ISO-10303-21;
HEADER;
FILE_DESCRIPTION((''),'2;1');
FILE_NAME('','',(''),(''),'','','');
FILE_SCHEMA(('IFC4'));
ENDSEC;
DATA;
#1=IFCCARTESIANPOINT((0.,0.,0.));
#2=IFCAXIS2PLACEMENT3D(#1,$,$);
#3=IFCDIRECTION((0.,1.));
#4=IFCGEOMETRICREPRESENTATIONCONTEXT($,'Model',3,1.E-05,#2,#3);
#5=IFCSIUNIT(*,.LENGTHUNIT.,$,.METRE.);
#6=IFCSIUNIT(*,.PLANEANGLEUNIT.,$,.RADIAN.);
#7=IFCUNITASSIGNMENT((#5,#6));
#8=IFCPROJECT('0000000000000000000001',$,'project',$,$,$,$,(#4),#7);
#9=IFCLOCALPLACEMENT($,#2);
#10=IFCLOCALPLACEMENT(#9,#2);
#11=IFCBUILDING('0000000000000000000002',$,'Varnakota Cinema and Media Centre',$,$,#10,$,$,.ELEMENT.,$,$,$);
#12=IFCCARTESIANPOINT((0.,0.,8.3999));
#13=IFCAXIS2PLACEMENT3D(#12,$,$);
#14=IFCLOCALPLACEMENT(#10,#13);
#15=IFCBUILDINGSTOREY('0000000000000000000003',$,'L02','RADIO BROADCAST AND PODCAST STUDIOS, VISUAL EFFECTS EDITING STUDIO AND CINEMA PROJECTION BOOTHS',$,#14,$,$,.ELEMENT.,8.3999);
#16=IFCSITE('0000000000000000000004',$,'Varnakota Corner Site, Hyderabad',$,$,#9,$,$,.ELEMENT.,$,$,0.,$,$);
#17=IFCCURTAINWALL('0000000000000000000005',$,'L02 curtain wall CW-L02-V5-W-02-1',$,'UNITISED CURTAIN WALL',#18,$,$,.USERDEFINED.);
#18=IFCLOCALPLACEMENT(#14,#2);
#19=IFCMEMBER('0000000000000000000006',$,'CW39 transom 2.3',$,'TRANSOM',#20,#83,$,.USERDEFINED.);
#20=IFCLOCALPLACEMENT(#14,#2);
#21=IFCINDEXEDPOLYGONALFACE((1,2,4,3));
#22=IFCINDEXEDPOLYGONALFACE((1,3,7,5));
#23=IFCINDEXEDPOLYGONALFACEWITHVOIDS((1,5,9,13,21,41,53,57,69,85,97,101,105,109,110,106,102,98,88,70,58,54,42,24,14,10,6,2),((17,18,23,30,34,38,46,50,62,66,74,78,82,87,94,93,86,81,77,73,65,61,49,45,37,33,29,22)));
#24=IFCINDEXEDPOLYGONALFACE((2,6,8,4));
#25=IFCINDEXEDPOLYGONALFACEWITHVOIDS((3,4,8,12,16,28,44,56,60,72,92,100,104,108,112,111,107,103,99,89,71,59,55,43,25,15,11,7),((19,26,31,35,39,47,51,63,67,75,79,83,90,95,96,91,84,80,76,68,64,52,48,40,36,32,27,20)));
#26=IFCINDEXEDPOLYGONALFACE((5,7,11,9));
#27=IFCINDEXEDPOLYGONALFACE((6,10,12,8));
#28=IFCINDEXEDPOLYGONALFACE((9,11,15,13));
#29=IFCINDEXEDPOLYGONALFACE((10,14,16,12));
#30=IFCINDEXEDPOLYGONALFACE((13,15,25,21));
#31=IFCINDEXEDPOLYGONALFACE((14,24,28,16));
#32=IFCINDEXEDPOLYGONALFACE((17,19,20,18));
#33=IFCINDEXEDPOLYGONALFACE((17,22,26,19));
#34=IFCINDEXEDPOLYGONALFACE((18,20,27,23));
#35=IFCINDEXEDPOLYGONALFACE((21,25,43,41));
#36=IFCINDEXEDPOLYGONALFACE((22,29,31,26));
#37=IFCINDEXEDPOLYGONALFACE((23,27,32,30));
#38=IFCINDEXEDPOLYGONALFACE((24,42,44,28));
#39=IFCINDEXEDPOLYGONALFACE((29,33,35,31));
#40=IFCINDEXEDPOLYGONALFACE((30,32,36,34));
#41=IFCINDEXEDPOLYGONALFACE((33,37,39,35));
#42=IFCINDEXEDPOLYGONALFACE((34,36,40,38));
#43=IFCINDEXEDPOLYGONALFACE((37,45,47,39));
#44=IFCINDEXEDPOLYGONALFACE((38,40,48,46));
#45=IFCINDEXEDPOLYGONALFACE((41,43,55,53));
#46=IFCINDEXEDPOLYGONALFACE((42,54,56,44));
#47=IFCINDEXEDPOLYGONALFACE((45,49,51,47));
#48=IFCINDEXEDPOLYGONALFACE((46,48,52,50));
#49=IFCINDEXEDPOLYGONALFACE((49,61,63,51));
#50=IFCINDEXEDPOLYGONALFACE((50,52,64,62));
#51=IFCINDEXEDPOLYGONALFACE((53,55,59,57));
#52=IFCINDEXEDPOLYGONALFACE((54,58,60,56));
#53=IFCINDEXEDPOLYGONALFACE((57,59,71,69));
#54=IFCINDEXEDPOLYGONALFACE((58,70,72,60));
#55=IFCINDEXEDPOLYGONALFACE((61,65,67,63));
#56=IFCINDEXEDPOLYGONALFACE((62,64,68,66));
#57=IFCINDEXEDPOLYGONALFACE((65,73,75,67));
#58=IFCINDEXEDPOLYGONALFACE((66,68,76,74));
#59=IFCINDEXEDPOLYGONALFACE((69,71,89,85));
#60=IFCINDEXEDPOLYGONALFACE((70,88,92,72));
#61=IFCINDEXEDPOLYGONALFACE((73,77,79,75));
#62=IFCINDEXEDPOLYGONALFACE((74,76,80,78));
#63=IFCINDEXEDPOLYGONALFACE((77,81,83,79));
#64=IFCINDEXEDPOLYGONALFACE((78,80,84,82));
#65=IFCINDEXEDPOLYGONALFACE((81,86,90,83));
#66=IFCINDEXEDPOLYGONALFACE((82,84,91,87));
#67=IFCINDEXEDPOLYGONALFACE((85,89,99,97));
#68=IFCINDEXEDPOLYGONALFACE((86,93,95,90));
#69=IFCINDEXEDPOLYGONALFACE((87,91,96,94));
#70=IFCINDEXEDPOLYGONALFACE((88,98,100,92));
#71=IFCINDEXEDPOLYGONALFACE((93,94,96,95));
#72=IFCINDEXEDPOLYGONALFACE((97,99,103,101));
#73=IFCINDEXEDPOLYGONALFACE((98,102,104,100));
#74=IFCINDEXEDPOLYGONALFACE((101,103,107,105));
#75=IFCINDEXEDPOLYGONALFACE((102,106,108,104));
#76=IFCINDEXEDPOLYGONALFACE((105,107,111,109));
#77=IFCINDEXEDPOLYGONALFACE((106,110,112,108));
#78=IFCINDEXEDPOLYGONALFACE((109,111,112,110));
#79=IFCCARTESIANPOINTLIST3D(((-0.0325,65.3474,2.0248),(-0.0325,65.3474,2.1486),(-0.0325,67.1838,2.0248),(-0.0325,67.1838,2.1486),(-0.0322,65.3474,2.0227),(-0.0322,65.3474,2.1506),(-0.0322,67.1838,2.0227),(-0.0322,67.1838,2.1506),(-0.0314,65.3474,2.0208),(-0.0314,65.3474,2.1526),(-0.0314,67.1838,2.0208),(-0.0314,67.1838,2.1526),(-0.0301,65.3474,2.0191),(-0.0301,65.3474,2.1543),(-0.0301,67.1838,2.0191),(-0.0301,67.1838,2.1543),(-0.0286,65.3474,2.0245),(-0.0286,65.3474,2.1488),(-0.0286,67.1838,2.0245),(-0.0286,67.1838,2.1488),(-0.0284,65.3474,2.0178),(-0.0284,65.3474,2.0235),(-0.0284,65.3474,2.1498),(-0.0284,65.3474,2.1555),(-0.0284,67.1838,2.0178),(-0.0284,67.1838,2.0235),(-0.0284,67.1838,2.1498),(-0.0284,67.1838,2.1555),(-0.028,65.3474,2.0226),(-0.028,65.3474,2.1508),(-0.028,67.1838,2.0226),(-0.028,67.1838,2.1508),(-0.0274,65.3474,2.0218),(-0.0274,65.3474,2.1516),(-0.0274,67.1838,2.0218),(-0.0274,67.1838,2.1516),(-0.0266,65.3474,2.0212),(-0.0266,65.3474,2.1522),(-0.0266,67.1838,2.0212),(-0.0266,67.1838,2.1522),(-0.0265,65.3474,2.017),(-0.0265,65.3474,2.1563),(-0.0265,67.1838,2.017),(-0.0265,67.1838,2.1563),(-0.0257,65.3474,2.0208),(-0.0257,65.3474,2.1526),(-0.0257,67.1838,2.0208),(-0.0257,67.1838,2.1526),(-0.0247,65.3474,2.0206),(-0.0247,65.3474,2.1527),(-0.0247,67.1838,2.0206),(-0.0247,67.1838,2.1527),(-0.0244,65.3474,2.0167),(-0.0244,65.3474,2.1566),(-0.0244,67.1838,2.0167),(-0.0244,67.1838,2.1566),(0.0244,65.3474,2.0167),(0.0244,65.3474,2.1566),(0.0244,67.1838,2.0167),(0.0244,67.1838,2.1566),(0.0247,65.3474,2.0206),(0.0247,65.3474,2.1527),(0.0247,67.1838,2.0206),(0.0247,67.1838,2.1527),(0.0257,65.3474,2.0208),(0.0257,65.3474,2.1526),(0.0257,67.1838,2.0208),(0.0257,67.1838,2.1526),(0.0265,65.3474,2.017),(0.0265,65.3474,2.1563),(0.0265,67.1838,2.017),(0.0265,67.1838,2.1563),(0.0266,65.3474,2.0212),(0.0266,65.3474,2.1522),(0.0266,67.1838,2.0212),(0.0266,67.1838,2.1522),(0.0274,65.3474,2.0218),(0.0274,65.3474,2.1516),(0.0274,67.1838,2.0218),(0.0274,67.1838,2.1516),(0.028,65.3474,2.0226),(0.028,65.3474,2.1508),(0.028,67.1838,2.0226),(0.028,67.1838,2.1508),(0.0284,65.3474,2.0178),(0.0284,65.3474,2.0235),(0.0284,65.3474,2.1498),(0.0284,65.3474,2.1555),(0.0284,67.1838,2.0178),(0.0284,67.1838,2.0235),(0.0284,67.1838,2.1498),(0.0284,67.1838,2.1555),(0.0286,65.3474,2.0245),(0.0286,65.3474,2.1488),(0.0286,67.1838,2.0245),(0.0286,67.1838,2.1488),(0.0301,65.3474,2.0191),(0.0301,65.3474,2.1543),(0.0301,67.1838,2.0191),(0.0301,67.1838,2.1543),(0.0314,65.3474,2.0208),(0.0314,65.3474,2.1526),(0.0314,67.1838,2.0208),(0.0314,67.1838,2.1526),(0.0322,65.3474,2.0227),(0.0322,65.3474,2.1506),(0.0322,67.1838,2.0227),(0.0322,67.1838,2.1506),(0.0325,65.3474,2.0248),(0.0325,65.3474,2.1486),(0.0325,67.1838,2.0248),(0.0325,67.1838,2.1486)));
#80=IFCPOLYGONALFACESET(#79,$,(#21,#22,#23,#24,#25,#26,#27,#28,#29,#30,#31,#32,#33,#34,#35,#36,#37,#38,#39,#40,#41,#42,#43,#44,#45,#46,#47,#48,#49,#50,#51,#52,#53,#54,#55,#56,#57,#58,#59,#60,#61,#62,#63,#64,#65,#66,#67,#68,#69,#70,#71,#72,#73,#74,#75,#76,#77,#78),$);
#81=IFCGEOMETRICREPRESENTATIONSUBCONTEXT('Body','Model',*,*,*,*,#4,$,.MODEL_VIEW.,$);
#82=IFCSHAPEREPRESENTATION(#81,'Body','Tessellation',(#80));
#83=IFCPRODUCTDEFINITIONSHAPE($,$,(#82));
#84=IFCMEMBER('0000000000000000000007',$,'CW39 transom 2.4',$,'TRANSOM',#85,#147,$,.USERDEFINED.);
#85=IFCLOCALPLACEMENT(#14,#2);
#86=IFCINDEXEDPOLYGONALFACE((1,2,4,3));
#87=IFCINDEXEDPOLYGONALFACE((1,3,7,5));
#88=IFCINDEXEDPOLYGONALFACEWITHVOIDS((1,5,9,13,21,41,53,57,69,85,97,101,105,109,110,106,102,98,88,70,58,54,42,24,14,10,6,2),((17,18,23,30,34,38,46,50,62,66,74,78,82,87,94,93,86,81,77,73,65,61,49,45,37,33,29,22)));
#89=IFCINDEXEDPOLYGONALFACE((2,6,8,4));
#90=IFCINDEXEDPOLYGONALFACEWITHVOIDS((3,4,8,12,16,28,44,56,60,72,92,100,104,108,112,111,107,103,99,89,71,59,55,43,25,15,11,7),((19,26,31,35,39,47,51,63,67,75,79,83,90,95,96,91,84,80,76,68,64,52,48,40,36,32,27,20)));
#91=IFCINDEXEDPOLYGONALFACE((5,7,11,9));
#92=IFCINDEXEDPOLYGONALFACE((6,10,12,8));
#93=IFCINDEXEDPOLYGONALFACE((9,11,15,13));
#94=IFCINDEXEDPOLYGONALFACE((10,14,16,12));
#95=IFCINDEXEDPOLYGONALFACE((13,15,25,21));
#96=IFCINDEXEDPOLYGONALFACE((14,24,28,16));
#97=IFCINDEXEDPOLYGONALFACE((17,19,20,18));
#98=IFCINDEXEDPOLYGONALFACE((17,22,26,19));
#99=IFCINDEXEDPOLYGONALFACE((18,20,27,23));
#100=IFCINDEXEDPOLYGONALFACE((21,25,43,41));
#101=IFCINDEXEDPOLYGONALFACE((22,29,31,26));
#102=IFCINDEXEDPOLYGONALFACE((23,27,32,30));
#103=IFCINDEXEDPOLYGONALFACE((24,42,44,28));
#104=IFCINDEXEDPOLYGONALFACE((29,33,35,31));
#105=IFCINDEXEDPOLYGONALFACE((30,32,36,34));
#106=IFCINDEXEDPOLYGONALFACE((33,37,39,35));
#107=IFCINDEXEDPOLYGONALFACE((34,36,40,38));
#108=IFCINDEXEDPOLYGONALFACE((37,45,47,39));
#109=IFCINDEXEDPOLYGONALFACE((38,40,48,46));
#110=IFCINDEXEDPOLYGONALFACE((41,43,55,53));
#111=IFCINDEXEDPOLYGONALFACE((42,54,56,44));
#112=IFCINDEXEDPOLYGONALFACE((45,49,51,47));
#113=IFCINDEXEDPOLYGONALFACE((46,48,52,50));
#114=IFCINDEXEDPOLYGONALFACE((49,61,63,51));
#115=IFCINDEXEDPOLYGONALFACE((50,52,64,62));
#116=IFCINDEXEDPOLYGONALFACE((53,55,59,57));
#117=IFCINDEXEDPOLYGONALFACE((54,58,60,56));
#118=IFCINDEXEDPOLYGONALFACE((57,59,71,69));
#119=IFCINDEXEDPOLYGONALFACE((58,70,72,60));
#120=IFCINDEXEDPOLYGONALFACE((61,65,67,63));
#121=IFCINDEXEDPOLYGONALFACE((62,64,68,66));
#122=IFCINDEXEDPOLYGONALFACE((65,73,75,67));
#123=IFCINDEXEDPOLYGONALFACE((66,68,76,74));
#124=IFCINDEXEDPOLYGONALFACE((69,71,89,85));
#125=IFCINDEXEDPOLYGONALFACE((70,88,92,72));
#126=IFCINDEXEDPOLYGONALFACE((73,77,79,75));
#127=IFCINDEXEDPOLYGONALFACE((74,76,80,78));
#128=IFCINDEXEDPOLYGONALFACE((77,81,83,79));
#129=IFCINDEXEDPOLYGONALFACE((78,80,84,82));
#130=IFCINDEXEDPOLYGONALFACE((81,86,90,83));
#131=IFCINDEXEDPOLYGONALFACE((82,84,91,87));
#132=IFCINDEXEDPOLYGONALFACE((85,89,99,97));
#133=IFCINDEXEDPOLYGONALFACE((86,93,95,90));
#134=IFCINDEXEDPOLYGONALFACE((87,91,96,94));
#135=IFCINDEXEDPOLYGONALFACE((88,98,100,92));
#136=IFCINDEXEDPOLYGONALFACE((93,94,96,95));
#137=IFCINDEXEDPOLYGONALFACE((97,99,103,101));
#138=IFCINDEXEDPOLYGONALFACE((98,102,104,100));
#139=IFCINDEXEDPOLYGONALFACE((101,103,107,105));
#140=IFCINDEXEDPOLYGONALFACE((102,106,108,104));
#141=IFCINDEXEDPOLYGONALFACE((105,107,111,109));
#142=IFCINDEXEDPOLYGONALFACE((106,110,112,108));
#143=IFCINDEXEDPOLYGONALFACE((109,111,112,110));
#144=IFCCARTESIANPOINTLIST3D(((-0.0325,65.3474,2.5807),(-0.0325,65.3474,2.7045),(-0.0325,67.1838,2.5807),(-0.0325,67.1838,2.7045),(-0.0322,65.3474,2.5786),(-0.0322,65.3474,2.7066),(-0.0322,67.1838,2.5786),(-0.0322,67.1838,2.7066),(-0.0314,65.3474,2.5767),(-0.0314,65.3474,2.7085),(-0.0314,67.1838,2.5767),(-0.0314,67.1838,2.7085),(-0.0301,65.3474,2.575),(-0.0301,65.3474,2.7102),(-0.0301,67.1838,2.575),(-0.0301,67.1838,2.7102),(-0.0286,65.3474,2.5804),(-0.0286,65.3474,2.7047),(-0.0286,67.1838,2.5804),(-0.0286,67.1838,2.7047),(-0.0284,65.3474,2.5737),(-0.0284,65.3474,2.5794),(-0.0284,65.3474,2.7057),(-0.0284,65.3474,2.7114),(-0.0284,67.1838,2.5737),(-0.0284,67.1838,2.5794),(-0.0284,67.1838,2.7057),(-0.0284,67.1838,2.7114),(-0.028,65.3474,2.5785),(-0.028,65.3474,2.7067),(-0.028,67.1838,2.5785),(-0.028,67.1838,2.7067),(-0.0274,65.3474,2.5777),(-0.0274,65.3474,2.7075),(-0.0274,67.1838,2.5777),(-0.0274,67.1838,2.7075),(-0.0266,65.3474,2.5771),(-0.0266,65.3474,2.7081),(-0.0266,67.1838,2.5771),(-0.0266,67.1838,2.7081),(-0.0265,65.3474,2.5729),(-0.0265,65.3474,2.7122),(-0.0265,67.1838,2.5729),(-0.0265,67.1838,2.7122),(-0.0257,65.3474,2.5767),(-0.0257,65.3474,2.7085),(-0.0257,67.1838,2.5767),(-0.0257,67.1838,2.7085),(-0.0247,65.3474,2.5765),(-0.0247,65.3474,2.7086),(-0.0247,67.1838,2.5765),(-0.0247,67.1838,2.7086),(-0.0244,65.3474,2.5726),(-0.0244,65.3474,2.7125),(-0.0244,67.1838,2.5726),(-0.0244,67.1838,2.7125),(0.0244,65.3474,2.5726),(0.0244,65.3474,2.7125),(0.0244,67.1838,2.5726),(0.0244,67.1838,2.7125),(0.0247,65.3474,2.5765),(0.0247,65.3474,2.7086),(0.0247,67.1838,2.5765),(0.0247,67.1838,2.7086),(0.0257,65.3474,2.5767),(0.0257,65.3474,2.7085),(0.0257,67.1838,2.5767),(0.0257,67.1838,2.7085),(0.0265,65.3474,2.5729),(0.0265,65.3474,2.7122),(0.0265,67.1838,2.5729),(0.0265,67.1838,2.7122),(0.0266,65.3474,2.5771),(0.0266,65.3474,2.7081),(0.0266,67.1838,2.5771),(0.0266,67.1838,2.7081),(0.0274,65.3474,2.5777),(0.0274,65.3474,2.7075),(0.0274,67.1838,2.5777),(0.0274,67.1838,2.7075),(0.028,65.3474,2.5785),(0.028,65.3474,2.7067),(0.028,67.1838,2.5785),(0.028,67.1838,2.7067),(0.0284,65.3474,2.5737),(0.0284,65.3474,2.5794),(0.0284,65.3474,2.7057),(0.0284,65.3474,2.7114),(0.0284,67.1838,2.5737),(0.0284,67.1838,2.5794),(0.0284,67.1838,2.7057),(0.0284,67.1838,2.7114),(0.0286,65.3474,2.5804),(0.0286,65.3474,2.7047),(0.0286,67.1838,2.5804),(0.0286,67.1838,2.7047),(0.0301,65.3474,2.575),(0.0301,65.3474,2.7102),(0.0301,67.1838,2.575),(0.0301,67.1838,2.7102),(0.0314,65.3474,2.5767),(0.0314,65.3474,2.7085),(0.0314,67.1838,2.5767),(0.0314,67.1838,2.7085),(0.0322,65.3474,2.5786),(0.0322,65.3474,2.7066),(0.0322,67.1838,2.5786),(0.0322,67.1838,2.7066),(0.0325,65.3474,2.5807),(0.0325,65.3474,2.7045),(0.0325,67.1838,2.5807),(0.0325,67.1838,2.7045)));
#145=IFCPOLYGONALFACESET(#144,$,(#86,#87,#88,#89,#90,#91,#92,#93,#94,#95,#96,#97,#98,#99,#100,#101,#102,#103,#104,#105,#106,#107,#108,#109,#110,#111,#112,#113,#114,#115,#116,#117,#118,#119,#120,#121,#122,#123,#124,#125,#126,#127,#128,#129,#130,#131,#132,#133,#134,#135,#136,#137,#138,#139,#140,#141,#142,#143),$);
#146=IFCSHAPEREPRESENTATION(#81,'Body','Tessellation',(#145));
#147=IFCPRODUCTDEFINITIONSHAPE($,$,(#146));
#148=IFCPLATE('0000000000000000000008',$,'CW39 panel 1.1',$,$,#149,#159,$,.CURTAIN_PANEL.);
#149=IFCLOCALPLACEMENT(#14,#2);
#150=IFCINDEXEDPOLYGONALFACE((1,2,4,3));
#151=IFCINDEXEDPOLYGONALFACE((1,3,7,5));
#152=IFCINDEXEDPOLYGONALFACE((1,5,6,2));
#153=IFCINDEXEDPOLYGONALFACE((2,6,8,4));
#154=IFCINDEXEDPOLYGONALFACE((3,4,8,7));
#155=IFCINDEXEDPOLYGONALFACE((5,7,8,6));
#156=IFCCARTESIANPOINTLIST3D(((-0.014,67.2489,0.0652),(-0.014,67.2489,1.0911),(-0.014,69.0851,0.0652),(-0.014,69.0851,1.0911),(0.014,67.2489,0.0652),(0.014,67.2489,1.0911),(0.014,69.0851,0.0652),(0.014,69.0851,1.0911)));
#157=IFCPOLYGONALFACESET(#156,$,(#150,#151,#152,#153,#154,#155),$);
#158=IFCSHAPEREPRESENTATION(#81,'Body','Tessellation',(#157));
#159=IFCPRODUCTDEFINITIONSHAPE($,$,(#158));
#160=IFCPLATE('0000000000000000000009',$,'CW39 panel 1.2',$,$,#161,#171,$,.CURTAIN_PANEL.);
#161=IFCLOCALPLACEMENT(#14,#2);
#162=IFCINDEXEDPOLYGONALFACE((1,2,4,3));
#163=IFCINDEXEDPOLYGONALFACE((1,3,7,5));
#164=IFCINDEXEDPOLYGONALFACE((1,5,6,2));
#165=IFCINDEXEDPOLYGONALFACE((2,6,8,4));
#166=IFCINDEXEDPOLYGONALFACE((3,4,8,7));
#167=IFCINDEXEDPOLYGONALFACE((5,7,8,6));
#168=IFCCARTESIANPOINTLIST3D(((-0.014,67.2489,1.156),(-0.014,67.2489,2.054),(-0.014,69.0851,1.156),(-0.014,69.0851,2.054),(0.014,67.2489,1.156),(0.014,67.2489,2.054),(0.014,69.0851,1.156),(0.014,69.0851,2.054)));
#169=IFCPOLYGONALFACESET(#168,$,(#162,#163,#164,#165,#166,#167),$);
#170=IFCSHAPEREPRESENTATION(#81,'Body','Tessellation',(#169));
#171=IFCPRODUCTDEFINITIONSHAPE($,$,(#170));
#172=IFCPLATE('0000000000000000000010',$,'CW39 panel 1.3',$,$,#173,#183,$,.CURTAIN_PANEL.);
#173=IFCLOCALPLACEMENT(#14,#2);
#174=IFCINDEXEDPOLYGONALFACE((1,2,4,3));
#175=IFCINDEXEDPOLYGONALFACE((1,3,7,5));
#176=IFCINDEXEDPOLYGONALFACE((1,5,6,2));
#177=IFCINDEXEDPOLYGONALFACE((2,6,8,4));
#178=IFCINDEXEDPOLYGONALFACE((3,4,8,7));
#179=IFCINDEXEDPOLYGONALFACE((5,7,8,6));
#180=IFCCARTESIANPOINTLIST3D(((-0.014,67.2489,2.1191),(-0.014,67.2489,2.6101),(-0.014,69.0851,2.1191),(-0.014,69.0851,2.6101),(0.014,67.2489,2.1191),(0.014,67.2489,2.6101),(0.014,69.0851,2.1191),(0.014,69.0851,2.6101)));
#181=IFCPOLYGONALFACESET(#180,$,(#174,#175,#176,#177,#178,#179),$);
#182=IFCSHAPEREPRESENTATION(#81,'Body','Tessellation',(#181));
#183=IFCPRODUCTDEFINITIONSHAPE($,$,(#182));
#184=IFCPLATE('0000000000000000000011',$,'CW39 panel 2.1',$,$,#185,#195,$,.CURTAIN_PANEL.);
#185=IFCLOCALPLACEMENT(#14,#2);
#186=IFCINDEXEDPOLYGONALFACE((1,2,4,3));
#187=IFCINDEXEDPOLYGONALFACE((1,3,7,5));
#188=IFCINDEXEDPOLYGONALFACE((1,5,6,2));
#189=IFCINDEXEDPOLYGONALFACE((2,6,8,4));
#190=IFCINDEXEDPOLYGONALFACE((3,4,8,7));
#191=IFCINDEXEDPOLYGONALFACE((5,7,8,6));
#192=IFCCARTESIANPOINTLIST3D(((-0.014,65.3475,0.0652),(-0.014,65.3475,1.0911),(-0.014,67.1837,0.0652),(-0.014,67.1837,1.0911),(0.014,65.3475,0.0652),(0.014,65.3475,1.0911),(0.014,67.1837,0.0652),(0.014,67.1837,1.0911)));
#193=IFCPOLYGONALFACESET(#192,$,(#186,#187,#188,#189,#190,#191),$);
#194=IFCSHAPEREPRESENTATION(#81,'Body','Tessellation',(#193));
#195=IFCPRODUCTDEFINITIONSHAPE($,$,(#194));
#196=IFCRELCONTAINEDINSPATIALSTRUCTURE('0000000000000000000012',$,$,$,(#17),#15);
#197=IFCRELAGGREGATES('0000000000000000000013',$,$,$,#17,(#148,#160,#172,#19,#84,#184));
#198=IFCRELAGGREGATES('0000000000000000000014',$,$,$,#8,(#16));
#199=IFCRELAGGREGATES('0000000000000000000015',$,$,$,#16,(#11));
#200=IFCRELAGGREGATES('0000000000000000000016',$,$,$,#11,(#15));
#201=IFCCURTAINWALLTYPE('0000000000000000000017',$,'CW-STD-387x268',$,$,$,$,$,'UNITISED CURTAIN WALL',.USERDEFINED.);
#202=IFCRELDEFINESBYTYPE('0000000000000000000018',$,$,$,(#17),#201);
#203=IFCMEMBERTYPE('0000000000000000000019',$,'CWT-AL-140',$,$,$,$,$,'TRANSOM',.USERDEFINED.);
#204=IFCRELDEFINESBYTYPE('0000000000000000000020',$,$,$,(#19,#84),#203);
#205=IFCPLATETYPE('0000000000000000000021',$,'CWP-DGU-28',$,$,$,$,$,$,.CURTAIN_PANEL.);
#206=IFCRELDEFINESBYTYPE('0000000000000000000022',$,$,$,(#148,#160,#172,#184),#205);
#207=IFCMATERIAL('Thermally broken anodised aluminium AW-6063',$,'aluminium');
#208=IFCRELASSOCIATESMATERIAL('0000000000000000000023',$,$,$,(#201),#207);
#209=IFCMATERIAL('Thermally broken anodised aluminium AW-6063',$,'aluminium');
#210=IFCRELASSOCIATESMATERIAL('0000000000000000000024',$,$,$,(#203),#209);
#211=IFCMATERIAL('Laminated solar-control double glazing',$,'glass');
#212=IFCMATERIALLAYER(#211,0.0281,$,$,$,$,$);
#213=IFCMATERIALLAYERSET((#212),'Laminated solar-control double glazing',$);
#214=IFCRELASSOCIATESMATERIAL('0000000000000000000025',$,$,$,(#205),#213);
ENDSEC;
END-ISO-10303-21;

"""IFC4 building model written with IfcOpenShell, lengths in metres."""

from ifc_helpers import new_model, si_unit, direction, frame, origin, origin_2d, place, context, subcontext, project, spatial, rectangle, hollow_rectangle, extrude, material, layer, layer_set, material_profile, profile_set, type_object, element, aggregate, save


model = new_model("IFC4")

# Units and contexts
model_context = context("Model", 3, precision=1e-05, world=origin(), true_north=direction((0.0, 1.0)))
body_context = subcontext(model_context, "Body", "Model", "MODEL_VIEW")
ifc_project = project(units=[si_unit("LENGTHUNIT", "METRE"), si_unit("PLANEANGLEUNIT", "RADIAN")], contexts=[model_context])

# Site, building, storey
site_placement = place(None, origin())
site = spatial("IfcSite", under=ifc_project, at=site_placement, Name="Varnakota Corner Site, Hyderabad", CompositionType="ELEMENT", RefElevation=0.0)
building_placement = place(site_placement, origin())
building = spatial("IfcBuilding", under=site, at=building_placement, Name="Varnakota Cinema and Media Centre", CompositionType="ELEMENT")
storey_placement = place(building_placement, frame((0.0, 0.0, 8.3999)))
storey = spatial("IfcBuildingStorey", under=building, at=storey_placement, Name="L02", Description="RADIO BROADCAST AND PODCAST STUDIOS, VISUAL EFFECTS EDITING STUDIO AND CINEMA PROJECTION BOOTHS", CompositionType="ELEMENT", Elevation=8.3999)

# Curtain wall, members, plates
ifc_material_1 = material(Name="Thermally broken anodised aluminium AW-6063", Category="aluminium")
curtain_wall_type = type_object("IfcCurtainWallType", Name="CW-STD-387x268", ElementType="UNITISED CURTAIN WALL", PredefinedType="USERDEFINED", material=ifc_material_1)
curtain_wall_placement = place(storey_placement, origin())
curtain_wall = element("IfcCurtainWall", 1, at=curtain_wall_placement, inside=storey, type_object=curtain_wall_type, Name="L02 curtain wall CW-L02-V5-W-02-1", ObjectType="UNITISED CURTAIN WALL", PredefinedType="USERDEFINED")
ifc_material_2 = material(Name="Thermally broken anodised aluminium AW-6063", Category="aluminium")
ifc_material_profile_1 = material_profile(ifc_material_2, hollow_rectangle(XDim=0.0649, YDim=0.1399, WallThickness=0.0039, InnerFilletRadius=0.0039, OuterFilletRadius=0.0081, at=origin_2d()), Name="AL-TRANSOM 140x65x4")
ifc_profile_set_1 = profile_set([ifc_material_profile_1], Name="Thermally broken anodised aluminium AW-6063")
member_type_1 = type_object("IfcMemberType", Name="CWT-AL-140", ElementType="TRANSOM", PredefinedType="USERDEFINED", material=ifc_profile_set_1)
member_1_placement = place(storey_placement, frame((0.0, 67.1838, 2.0867), z_axis=(0.0, -1.0, 0.0), x_axis=(1.0, 0.0, 0.0)))
member_1 = element("IfcMember", 2, at=member_1_placement, type_object=member_type_1, Name="CW39 transom 2.3", ObjectType="TRANSOM", PredefinedType="USERDEFINED", context=body_context, shape_type="SweptSolid", body=[
    extrude(hollow_rectangle(XDim=0.0649, YDim=0.1399, WallThickness=0.0039, InnerFilletRadius=0.0039, OuterFilletRadius=0.0081, at=origin_2d()), origin(), (0.0, 0.0, 1.0), 1.8364),
])
member_2_placement = place(storey_placement, frame((0.0, 67.1838, 2.6426), z_axis=(0.0, -1.0, 0.0), x_axis=(1.0, 0.0, 0.0)))
member_2 = element("IfcMember", 3, at=member_2_placement, type_object=member_type_1, Name="CW39 transom 2.4", ObjectType="TRANSOM", PredefinedType="USERDEFINED", context=body_context, shape_type="SweptSolid", body=[
    extrude(hollow_rectangle(XDim=0.0649, YDim=0.1399, WallThickness=0.0039, InnerFilletRadius=0.0039, OuterFilletRadius=0.0081, at=origin_2d()), origin(), (0.0, 0.0, 1.0), 1.8364),
])
ifc_material_3 = material(Name="Laminated solar-control double glazing", Category="glass")
ifc_layer_1 = layer(ifc_material_3, 0.0281)
ifc_layer_set_1 = layer_set([ifc_layer_1], Name="Laminated solar-control double glazing")
plate_type = type_object("IfcPlateType", Name="CWP-DGU-28", PredefinedType="CURTAIN_PANEL", material=ifc_layer_set_1)
plate_1_placement = place(storey_placement, frame((0.0, 68.167, 0.0652), z_axis=(0.0, 0.0, 1.0), x_axis=(0.0, -1.0, 0.0)))
plate_1 = element("IfcPlate", 4, at=plate_1_placement, type_object=plate_type, Name="CW39 panel 1.1", PredefinedType="CURTAIN_PANEL", context=body_context, shape_type="SweptSolid", body=[
    extrude(rectangle(XDim=1.8362, YDim=0.0281, at=origin_2d()), origin(), (0.0, 0.0, 1.0), 1.0259),
])
plate_2_placement = place(storey_placement, frame((0.0, 68.167, 1.156), z_axis=(0.0, 0.0, 1.0), x_axis=(0.0, -1.0, 0.0)))
plate_2 = element("IfcPlate", 5, at=plate_2_placement, type_object=plate_type, Name="CW39 panel 1.2", PredefinedType="CURTAIN_PANEL", context=body_context, shape_type="SweptSolid", body=[
    extrude(rectangle(XDim=1.8362, YDim=0.0281, at=origin_2d()), origin(), (0.0, 0.0, 1.0), 0.8979),
])
plate_3_placement = place(storey_placement, frame((0.0, 68.167, 2.1191), z_axis=(0.0, 0.0, 1.0), x_axis=(0.0, -1.0, 0.0)))
plate_3 = element("IfcPlate", 6, at=plate_3_placement, type_object=plate_type, Name="CW39 panel 1.3", PredefinedType="CURTAIN_PANEL", context=body_context, shape_type="SweptSolid", body=[
    extrude(rectangle(XDim=1.8362, YDim=0.0281, at=origin_2d()), origin(), (0.0, 0.0, 1.0), 0.491),
])
plate_4_placement = place(storey_placement, frame((0.0, 66.2656, 0.0652), z_axis=(0.0, 0.0, 1.0), x_axis=(0.0, -1.0, 0.0)))
plate_4 = element("IfcPlate", 7, at=plate_4_placement, type_object=plate_type, Name="CW39 panel 2.1", PredefinedType="CURTAIN_PANEL", context=body_context, shape_type="SweptSolid", body=[
    extrude(rectangle(XDim=1.8362, YDim=0.0281, at=origin_2d()), origin(), (0.0, 0.0, 1.0), 1.0259),
])
aggregate(curtain_wall, [plate_1, plate_2, plate_3, member_1, member_2, plate_4])

save(model, "model.ifc")
